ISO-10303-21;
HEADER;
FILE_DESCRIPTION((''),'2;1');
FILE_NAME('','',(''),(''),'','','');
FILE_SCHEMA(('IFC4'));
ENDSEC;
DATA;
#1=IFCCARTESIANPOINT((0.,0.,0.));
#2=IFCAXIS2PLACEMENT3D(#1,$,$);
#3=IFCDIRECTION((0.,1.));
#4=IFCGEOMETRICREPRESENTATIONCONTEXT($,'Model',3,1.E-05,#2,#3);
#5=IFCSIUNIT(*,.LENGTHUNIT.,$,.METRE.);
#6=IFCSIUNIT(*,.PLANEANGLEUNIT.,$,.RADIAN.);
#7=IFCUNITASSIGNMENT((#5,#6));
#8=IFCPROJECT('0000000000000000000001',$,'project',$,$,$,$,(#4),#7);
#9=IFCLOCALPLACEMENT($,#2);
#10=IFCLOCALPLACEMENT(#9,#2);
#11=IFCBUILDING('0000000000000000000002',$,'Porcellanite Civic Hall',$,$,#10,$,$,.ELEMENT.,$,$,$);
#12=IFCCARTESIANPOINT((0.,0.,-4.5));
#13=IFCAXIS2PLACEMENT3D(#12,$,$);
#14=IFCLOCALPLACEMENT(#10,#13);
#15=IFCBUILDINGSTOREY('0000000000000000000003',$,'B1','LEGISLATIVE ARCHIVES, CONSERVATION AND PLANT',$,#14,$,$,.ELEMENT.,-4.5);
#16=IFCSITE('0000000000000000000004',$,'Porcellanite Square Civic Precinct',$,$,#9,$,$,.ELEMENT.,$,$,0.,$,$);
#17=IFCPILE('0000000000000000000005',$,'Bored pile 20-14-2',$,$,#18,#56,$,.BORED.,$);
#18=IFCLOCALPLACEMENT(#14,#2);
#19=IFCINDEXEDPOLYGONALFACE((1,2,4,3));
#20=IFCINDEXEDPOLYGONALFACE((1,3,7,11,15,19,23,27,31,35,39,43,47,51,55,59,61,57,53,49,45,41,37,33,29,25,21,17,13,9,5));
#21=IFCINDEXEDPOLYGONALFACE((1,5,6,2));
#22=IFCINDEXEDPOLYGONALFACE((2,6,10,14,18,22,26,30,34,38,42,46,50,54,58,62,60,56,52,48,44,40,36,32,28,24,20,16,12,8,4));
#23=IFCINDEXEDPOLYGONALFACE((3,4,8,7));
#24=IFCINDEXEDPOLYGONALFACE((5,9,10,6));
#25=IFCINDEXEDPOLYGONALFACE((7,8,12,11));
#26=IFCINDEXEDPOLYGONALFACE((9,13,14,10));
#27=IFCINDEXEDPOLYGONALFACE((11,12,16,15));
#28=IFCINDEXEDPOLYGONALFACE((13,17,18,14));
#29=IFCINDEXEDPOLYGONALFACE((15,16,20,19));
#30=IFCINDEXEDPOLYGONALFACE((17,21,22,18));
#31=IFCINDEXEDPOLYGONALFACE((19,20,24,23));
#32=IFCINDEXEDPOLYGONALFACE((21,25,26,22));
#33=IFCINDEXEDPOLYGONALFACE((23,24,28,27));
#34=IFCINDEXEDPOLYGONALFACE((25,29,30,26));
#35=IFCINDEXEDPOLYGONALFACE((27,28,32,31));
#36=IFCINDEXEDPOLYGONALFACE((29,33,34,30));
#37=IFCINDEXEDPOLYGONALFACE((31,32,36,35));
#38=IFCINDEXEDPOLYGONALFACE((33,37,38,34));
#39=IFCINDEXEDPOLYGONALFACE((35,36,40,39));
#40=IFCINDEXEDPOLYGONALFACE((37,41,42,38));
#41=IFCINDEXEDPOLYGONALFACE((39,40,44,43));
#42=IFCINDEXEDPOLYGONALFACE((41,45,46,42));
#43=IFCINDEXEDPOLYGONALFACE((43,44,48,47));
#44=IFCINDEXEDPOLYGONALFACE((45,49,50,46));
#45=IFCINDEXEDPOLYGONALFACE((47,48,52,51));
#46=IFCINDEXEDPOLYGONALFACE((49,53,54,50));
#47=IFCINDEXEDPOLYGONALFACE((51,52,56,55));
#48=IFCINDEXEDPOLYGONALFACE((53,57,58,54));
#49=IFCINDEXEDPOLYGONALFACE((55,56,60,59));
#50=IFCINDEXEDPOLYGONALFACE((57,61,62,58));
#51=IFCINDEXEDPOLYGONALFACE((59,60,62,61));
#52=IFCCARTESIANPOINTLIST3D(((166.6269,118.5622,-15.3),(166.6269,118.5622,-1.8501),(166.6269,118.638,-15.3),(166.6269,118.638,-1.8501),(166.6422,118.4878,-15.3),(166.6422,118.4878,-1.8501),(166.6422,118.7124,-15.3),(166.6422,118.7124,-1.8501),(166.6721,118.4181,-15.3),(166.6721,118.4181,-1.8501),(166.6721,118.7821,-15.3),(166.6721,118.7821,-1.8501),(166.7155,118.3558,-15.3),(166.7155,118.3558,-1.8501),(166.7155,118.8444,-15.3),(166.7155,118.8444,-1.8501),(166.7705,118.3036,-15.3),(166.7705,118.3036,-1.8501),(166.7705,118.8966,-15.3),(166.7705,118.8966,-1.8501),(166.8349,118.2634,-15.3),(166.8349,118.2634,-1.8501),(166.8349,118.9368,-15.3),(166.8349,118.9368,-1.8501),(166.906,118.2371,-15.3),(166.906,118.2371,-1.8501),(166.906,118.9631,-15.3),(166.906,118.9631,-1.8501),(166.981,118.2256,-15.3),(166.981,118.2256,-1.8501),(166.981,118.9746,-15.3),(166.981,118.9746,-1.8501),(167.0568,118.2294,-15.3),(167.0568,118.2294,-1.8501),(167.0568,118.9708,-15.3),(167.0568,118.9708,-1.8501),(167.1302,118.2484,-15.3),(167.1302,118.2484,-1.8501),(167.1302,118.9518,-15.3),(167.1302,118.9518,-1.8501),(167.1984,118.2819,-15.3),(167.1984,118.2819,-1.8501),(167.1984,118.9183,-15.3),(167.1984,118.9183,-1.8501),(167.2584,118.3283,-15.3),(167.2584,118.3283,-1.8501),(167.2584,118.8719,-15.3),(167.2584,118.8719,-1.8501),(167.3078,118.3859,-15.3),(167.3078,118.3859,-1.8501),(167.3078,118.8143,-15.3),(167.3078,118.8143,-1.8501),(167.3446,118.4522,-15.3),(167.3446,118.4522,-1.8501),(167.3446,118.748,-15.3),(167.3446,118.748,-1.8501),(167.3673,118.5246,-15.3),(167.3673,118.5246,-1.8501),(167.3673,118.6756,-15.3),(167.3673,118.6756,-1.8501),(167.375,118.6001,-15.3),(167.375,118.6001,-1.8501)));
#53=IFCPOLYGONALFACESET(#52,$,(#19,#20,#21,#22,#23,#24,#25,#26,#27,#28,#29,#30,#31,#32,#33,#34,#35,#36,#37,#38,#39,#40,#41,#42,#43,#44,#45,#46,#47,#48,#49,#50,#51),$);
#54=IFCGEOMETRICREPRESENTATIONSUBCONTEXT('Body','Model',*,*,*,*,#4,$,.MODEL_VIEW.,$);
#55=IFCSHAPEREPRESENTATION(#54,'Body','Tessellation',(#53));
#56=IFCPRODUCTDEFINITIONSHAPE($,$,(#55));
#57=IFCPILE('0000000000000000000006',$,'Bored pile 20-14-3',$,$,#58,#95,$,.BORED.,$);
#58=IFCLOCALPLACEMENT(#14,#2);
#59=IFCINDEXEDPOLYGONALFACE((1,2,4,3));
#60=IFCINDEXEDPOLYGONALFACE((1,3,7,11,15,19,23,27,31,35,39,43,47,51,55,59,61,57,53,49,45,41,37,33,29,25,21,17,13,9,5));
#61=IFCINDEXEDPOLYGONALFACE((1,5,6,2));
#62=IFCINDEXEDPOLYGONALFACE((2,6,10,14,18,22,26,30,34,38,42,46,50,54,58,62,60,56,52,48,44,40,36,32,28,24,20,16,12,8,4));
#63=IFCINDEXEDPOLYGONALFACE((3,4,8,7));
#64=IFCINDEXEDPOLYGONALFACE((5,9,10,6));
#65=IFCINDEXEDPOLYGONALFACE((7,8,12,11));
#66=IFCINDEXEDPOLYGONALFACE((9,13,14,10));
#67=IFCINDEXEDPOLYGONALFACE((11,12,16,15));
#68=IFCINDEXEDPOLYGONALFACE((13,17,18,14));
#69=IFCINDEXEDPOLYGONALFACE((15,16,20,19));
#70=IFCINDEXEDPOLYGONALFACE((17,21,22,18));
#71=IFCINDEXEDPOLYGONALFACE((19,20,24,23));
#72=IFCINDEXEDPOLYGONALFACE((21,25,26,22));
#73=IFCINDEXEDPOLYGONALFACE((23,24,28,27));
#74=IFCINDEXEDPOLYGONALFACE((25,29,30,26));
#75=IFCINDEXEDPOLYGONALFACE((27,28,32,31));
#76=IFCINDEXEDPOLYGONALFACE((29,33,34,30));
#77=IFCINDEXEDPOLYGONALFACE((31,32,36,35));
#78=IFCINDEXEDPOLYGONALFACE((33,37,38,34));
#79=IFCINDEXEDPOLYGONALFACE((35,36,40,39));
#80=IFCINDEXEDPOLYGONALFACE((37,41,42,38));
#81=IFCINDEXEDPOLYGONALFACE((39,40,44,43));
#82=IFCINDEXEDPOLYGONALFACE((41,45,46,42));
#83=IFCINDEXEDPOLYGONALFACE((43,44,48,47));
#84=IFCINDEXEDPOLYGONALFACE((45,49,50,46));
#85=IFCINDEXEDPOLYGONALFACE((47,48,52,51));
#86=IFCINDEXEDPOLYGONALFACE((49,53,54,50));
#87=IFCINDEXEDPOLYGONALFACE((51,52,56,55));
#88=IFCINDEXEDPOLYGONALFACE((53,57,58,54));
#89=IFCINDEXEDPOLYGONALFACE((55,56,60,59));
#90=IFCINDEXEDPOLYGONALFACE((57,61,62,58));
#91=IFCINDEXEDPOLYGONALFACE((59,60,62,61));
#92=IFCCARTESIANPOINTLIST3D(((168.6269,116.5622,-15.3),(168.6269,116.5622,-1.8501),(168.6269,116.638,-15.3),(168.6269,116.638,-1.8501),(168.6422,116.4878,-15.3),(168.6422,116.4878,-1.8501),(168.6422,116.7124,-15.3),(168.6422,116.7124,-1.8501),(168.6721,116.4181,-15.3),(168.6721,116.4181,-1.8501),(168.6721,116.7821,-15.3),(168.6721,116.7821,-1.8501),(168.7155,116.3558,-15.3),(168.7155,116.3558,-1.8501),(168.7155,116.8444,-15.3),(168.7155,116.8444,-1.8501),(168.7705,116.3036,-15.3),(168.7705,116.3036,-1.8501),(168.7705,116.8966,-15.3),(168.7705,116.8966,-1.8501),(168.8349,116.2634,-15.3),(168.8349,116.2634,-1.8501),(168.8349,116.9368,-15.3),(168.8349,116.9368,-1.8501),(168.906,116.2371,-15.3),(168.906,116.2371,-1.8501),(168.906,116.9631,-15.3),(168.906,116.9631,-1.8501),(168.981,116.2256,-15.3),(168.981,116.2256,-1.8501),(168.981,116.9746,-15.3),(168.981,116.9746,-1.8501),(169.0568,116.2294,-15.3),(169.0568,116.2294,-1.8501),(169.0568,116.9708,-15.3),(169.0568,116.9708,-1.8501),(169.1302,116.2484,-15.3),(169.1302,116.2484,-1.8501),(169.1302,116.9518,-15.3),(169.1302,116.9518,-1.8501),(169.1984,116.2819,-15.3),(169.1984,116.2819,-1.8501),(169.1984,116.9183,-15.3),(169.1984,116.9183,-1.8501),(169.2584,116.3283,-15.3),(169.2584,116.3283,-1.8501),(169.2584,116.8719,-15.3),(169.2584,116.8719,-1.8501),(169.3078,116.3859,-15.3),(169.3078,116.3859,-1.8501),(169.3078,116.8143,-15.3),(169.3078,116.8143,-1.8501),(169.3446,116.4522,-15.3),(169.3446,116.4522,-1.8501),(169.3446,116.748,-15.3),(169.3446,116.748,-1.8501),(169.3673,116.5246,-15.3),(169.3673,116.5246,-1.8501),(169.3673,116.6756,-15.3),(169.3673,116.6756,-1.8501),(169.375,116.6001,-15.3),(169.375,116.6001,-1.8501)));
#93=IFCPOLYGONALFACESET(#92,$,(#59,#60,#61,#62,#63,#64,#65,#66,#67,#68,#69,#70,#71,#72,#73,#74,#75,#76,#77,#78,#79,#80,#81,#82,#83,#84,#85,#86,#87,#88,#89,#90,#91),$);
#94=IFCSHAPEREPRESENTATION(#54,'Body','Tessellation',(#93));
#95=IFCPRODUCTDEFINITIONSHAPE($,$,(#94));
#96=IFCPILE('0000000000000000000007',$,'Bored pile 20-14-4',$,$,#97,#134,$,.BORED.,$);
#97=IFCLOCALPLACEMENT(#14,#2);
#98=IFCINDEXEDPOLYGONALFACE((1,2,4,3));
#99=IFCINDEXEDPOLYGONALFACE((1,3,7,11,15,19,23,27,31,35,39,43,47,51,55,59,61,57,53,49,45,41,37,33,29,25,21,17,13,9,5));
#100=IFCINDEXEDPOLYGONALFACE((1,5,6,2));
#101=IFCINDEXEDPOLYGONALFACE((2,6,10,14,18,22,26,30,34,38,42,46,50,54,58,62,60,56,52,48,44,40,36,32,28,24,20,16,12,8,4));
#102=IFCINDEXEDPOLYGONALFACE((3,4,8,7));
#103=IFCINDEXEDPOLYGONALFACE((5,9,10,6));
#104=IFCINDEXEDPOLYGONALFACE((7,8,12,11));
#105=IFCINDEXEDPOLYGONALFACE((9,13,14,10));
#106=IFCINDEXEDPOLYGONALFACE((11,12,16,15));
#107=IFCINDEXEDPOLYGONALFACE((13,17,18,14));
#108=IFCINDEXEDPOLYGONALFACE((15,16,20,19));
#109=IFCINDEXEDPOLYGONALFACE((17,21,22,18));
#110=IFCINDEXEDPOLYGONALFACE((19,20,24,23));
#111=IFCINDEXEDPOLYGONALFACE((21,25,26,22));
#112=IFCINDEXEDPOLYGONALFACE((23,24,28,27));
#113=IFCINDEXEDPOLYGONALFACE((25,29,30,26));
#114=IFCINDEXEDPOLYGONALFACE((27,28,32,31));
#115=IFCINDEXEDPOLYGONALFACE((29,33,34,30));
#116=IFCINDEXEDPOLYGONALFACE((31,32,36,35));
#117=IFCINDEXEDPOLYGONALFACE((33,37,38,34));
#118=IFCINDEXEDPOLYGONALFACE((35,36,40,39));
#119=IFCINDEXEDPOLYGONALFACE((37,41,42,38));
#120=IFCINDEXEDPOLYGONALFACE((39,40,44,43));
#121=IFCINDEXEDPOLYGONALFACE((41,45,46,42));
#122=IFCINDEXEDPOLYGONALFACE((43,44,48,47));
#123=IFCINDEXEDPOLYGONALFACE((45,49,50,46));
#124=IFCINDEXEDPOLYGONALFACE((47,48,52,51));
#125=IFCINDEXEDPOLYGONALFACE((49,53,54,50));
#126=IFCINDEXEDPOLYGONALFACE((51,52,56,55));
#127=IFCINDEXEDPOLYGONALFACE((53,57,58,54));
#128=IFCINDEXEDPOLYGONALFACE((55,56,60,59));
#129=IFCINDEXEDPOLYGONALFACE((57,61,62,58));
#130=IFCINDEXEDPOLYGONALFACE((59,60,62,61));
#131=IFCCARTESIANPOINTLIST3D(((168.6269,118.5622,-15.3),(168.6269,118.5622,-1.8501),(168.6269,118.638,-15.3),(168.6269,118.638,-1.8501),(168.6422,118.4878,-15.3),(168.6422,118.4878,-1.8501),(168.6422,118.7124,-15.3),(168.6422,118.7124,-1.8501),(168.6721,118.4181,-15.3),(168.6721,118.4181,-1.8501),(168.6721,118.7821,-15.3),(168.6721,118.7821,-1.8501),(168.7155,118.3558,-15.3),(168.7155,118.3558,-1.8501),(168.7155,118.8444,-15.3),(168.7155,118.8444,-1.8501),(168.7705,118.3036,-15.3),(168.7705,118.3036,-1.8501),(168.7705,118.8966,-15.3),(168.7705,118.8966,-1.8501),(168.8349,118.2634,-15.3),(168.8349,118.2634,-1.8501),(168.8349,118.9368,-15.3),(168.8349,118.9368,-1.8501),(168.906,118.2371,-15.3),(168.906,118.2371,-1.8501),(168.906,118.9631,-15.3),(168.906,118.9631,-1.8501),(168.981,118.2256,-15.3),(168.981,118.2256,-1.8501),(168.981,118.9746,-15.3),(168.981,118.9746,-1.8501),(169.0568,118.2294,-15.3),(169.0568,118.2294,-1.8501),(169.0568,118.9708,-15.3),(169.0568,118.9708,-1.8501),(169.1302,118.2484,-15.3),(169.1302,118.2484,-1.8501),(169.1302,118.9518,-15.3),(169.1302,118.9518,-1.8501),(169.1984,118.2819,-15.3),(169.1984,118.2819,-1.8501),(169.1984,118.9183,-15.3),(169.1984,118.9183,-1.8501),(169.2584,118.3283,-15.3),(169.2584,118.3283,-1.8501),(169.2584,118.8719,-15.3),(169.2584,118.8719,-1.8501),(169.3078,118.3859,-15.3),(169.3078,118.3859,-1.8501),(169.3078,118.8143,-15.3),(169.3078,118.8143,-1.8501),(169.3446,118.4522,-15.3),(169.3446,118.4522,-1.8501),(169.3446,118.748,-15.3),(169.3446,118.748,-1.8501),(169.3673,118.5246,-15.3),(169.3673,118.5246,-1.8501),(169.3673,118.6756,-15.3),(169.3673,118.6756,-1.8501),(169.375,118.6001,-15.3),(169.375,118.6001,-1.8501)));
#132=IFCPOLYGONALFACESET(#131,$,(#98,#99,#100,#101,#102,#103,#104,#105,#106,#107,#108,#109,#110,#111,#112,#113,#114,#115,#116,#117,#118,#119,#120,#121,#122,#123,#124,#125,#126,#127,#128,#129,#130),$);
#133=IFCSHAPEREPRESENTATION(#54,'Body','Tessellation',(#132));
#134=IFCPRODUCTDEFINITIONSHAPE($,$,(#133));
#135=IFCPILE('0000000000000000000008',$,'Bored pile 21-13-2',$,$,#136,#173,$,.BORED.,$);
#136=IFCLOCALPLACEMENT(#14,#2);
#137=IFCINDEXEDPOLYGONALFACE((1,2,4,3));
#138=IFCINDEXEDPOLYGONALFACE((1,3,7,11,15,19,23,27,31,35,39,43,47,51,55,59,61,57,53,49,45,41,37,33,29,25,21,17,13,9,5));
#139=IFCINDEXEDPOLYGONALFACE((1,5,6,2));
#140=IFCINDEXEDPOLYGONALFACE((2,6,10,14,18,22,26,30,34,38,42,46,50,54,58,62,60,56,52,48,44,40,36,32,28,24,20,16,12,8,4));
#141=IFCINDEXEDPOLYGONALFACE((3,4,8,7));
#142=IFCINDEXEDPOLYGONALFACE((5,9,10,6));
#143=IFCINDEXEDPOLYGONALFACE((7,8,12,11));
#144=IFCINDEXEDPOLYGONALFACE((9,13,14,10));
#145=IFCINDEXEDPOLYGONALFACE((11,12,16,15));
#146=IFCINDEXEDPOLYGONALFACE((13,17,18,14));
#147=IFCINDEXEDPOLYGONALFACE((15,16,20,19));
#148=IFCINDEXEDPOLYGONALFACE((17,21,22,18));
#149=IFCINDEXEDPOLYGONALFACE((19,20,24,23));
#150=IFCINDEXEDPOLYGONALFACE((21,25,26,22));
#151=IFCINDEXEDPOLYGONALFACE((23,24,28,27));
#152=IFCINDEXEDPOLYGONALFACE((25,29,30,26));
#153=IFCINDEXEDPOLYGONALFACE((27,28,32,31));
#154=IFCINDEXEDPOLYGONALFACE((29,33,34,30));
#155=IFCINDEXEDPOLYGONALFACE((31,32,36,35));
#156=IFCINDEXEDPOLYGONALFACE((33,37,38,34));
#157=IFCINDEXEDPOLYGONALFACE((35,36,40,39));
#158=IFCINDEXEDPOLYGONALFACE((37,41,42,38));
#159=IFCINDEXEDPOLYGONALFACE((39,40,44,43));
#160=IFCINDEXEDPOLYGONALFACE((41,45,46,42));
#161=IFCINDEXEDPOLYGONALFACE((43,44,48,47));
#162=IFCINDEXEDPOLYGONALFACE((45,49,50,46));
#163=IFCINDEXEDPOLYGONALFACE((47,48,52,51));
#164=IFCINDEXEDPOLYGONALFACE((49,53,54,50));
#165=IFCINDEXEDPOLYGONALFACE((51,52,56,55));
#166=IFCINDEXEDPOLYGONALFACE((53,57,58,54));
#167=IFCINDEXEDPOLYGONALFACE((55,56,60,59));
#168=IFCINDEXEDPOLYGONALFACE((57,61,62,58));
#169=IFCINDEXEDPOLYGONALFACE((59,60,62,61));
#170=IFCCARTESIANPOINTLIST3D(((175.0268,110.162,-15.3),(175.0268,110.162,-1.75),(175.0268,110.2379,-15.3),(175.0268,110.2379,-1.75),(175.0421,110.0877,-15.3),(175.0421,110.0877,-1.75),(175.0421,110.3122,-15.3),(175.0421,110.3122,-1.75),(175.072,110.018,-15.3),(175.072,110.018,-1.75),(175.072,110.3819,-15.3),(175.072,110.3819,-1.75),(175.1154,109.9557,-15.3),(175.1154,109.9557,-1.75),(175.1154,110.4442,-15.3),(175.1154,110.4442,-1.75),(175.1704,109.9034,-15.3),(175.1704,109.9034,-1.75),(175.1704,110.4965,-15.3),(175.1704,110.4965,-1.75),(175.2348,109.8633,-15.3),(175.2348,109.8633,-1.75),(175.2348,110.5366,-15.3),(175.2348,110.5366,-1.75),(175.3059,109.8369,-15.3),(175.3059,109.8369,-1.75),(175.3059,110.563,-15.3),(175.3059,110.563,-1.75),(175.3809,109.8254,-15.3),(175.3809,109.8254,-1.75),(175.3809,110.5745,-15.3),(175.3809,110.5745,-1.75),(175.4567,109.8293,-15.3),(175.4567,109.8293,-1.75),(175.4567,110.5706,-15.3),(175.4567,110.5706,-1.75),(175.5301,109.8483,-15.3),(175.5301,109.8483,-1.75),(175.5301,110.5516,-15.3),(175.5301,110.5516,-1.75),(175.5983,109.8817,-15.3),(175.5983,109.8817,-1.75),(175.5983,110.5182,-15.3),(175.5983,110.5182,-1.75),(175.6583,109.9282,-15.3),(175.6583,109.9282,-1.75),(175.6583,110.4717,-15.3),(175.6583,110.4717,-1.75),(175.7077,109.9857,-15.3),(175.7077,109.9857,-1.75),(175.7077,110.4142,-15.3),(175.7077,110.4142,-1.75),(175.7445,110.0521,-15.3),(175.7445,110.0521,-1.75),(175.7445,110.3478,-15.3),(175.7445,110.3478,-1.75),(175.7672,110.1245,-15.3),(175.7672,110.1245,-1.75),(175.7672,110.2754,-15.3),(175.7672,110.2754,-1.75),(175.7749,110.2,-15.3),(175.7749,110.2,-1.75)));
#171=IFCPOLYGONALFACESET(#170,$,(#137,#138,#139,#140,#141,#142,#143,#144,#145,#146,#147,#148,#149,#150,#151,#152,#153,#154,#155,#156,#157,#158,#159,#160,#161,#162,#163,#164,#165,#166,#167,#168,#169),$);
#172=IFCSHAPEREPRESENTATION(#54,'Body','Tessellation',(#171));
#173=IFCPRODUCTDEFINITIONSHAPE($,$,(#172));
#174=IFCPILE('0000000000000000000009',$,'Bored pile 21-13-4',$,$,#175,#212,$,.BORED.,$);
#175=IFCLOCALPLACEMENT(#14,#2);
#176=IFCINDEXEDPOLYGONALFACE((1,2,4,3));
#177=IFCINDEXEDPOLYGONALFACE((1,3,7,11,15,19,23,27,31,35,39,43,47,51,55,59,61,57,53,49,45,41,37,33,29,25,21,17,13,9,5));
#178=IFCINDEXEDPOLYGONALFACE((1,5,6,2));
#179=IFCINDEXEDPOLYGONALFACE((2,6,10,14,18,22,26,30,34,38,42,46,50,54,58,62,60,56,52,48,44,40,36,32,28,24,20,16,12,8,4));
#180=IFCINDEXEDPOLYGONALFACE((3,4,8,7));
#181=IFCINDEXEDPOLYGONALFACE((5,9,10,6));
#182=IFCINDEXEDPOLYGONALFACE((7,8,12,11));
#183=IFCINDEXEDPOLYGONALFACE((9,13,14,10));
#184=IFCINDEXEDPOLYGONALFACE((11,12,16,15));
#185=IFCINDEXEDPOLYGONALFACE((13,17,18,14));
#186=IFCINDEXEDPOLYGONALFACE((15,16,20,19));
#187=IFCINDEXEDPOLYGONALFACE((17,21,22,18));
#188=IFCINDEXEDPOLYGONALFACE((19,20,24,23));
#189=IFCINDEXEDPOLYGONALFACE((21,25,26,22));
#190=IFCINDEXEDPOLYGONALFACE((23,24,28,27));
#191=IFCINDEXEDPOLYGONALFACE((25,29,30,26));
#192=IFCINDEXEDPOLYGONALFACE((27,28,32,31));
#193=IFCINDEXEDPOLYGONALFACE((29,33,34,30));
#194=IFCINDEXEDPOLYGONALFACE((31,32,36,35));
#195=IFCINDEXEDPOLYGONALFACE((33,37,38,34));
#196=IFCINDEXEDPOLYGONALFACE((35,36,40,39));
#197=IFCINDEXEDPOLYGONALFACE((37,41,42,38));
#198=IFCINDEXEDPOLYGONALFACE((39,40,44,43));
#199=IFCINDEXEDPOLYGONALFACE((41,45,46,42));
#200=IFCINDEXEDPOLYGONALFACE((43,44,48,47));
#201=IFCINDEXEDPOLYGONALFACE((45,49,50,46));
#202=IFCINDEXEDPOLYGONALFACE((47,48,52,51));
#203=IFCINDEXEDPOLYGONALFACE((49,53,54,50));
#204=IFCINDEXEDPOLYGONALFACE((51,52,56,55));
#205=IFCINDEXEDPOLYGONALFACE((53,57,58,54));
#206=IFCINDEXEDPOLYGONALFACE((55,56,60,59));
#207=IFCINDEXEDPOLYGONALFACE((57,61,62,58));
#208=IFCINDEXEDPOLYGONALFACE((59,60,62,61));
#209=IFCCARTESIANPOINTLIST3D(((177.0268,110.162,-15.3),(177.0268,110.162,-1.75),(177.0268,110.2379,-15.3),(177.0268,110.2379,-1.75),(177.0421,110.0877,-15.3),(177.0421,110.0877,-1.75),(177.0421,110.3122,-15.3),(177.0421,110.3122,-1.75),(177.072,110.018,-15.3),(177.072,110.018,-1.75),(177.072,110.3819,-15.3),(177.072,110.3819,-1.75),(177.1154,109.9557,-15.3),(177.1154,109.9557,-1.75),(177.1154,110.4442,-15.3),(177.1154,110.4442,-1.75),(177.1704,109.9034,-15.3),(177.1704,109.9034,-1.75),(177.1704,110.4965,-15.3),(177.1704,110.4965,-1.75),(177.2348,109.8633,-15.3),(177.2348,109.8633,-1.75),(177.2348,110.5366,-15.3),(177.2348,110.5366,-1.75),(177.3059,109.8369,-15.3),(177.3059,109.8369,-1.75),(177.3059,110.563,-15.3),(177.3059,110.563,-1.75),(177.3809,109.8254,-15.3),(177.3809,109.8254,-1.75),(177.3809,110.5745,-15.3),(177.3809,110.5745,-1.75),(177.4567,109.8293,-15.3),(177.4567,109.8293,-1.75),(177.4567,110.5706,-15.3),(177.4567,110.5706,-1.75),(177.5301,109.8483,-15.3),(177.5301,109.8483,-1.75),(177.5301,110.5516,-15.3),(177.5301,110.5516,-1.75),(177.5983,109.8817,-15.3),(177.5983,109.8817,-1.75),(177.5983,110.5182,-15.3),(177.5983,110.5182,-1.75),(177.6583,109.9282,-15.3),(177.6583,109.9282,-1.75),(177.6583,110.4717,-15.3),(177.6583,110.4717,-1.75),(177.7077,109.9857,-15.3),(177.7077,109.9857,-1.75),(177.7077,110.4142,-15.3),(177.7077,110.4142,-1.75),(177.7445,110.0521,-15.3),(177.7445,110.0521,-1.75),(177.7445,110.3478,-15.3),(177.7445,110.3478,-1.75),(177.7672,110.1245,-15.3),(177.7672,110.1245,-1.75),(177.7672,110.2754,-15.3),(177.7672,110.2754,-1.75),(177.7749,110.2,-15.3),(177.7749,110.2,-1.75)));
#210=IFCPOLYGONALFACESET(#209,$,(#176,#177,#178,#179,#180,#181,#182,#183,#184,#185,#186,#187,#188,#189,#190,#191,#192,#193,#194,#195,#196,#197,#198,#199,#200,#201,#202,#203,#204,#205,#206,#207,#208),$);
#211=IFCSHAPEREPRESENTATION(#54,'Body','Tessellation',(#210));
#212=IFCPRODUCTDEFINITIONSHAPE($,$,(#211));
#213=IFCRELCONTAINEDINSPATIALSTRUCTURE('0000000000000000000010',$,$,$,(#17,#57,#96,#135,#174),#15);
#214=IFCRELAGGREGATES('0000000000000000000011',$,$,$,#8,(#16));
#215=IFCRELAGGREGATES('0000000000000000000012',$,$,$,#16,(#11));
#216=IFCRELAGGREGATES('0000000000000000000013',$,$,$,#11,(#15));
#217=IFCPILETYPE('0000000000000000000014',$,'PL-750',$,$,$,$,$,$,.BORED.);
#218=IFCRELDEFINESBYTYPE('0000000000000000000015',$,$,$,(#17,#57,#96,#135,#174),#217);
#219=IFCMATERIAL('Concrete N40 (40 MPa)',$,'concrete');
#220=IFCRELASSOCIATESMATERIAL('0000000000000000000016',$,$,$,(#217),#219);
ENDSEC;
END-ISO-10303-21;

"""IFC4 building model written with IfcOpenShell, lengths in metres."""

from ifc_helpers import new_model, si_unit, direction, frame, origin, origin_2d, place, context, subcontext, project, spatial, circle, extrude, material, material_profile, profile_set, type_object, element, save


model = new_model("IFC4")

# Units and contexts
model_context = context("Model", 3, precision=1e-05, world=origin(), true_north=direction((0.0, 1.0)))
body_context = subcontext(model_context, "Body", "Model", "MODEL_VIEW")
ifc_project = project(units=[si_unit("LENGTHUNIT", "METRE"), si_unit("PLANEANGLEUNIT", "RADIAN")], contexts=[model_context])

# Site, building, storey
site_placement = place(None, origin())
site = spatial("IfcSite", under=ifc_project, at=site_placement, Name="Porcellanite Square Civic Precinct", CompositionType="ELEMENT", RefElevation=0.0)
building_placement = place(site_placement, origin())
building = spatial("IfcBuilding", under=site, at=building_placement, Name="Porcellanite Civic Hall", CompositionType="ELEMENT")
storey_placement = place(building_placement, frame((0.0, 0.0, -4.5)))
storey = spatial("IfcBuildingStorey", under=building, at=storey_placement, Name="B1", Description="LEGISLATIVE ARCHIVES, CONSERVATION AND PLANT", CompositionType="ELEMENT", Elevation=-4.5)

# Piles
ifc_material_1 = material(Name="Concrete N40 (40 MPa)", Category="concrete")
ifc_material_profile_1 = material_profile(ifc_material_1, circle(Radius=0.375, at=origin_2d()), Name="PILE-D750")
ifc_profile_set_1 = profile_set([ifc_material_profile_1], Name="Concrete N40 (40 MPa)")
pile_type = type_object("IfcPileType", Name="PL-750", PredefinedType="BORED", material=ifc_profile_set_1)
for number, where, z_axis, x_axis, name in (
    (1, (167.0, 118.6001, -1.8501), (0.0, 0.0, -1.0), (1.0, 0.0, 0.0), "Bored pile 20-14-2"),
    (2, (169.0, 116.6001, -1.8501), (0.0, 0.0, -1.0), (1.0, 0.0, 0.0), "Bored pile 20-14-3"),
    (3, (169.0, 118.6001, -1.8501), (0.0, 0.0, -1.0), (1.0, 0.0, 0.0), "Bored pile 20-14-4"),
):
    element("IfcPile", number, at=place(storey_placement, frame(where, z_axis=z_axis, x_axis=x_axis)), inside=storey, type_object=pile_type, Name=name, PredefinedType="BORED", context=body_context, shape_type="SweptSolid", body=[
        extrude(circle(Radius=0.375, at=origin_2d()), origin(), (0.0, 0.0, 1.0), 13.45),
    ])
for number, where, z_axis, x_axis, name in (
    (4, (175.3999, 110.2, -1.75), (0.0, 0.0, -1.0), (1.0, 0.0, 0.0), "Bored pile 21-13-2"),
    (5, (177.3999, 110.2, -1.75), (0.0, 0.0, -1.0), (1.0, 0.0, 0.0), "Bored pile 21-13-4"),
):
    element("IfcPile", number, at=place(storey_placement, frame(where, z_axis=z_axis, x_axis=x_axis)), inside=storey, type_object=pile_type, Name=name, PredefinedType="BORED", context=body_context, shape_type="SweptSolid", body=[
        extrude(circle(Radius=0.375, at=origin_2d()), origin(), (0.0, 0.0, 1.0), 13.55),
    ])

save(model, "model.ifc")
